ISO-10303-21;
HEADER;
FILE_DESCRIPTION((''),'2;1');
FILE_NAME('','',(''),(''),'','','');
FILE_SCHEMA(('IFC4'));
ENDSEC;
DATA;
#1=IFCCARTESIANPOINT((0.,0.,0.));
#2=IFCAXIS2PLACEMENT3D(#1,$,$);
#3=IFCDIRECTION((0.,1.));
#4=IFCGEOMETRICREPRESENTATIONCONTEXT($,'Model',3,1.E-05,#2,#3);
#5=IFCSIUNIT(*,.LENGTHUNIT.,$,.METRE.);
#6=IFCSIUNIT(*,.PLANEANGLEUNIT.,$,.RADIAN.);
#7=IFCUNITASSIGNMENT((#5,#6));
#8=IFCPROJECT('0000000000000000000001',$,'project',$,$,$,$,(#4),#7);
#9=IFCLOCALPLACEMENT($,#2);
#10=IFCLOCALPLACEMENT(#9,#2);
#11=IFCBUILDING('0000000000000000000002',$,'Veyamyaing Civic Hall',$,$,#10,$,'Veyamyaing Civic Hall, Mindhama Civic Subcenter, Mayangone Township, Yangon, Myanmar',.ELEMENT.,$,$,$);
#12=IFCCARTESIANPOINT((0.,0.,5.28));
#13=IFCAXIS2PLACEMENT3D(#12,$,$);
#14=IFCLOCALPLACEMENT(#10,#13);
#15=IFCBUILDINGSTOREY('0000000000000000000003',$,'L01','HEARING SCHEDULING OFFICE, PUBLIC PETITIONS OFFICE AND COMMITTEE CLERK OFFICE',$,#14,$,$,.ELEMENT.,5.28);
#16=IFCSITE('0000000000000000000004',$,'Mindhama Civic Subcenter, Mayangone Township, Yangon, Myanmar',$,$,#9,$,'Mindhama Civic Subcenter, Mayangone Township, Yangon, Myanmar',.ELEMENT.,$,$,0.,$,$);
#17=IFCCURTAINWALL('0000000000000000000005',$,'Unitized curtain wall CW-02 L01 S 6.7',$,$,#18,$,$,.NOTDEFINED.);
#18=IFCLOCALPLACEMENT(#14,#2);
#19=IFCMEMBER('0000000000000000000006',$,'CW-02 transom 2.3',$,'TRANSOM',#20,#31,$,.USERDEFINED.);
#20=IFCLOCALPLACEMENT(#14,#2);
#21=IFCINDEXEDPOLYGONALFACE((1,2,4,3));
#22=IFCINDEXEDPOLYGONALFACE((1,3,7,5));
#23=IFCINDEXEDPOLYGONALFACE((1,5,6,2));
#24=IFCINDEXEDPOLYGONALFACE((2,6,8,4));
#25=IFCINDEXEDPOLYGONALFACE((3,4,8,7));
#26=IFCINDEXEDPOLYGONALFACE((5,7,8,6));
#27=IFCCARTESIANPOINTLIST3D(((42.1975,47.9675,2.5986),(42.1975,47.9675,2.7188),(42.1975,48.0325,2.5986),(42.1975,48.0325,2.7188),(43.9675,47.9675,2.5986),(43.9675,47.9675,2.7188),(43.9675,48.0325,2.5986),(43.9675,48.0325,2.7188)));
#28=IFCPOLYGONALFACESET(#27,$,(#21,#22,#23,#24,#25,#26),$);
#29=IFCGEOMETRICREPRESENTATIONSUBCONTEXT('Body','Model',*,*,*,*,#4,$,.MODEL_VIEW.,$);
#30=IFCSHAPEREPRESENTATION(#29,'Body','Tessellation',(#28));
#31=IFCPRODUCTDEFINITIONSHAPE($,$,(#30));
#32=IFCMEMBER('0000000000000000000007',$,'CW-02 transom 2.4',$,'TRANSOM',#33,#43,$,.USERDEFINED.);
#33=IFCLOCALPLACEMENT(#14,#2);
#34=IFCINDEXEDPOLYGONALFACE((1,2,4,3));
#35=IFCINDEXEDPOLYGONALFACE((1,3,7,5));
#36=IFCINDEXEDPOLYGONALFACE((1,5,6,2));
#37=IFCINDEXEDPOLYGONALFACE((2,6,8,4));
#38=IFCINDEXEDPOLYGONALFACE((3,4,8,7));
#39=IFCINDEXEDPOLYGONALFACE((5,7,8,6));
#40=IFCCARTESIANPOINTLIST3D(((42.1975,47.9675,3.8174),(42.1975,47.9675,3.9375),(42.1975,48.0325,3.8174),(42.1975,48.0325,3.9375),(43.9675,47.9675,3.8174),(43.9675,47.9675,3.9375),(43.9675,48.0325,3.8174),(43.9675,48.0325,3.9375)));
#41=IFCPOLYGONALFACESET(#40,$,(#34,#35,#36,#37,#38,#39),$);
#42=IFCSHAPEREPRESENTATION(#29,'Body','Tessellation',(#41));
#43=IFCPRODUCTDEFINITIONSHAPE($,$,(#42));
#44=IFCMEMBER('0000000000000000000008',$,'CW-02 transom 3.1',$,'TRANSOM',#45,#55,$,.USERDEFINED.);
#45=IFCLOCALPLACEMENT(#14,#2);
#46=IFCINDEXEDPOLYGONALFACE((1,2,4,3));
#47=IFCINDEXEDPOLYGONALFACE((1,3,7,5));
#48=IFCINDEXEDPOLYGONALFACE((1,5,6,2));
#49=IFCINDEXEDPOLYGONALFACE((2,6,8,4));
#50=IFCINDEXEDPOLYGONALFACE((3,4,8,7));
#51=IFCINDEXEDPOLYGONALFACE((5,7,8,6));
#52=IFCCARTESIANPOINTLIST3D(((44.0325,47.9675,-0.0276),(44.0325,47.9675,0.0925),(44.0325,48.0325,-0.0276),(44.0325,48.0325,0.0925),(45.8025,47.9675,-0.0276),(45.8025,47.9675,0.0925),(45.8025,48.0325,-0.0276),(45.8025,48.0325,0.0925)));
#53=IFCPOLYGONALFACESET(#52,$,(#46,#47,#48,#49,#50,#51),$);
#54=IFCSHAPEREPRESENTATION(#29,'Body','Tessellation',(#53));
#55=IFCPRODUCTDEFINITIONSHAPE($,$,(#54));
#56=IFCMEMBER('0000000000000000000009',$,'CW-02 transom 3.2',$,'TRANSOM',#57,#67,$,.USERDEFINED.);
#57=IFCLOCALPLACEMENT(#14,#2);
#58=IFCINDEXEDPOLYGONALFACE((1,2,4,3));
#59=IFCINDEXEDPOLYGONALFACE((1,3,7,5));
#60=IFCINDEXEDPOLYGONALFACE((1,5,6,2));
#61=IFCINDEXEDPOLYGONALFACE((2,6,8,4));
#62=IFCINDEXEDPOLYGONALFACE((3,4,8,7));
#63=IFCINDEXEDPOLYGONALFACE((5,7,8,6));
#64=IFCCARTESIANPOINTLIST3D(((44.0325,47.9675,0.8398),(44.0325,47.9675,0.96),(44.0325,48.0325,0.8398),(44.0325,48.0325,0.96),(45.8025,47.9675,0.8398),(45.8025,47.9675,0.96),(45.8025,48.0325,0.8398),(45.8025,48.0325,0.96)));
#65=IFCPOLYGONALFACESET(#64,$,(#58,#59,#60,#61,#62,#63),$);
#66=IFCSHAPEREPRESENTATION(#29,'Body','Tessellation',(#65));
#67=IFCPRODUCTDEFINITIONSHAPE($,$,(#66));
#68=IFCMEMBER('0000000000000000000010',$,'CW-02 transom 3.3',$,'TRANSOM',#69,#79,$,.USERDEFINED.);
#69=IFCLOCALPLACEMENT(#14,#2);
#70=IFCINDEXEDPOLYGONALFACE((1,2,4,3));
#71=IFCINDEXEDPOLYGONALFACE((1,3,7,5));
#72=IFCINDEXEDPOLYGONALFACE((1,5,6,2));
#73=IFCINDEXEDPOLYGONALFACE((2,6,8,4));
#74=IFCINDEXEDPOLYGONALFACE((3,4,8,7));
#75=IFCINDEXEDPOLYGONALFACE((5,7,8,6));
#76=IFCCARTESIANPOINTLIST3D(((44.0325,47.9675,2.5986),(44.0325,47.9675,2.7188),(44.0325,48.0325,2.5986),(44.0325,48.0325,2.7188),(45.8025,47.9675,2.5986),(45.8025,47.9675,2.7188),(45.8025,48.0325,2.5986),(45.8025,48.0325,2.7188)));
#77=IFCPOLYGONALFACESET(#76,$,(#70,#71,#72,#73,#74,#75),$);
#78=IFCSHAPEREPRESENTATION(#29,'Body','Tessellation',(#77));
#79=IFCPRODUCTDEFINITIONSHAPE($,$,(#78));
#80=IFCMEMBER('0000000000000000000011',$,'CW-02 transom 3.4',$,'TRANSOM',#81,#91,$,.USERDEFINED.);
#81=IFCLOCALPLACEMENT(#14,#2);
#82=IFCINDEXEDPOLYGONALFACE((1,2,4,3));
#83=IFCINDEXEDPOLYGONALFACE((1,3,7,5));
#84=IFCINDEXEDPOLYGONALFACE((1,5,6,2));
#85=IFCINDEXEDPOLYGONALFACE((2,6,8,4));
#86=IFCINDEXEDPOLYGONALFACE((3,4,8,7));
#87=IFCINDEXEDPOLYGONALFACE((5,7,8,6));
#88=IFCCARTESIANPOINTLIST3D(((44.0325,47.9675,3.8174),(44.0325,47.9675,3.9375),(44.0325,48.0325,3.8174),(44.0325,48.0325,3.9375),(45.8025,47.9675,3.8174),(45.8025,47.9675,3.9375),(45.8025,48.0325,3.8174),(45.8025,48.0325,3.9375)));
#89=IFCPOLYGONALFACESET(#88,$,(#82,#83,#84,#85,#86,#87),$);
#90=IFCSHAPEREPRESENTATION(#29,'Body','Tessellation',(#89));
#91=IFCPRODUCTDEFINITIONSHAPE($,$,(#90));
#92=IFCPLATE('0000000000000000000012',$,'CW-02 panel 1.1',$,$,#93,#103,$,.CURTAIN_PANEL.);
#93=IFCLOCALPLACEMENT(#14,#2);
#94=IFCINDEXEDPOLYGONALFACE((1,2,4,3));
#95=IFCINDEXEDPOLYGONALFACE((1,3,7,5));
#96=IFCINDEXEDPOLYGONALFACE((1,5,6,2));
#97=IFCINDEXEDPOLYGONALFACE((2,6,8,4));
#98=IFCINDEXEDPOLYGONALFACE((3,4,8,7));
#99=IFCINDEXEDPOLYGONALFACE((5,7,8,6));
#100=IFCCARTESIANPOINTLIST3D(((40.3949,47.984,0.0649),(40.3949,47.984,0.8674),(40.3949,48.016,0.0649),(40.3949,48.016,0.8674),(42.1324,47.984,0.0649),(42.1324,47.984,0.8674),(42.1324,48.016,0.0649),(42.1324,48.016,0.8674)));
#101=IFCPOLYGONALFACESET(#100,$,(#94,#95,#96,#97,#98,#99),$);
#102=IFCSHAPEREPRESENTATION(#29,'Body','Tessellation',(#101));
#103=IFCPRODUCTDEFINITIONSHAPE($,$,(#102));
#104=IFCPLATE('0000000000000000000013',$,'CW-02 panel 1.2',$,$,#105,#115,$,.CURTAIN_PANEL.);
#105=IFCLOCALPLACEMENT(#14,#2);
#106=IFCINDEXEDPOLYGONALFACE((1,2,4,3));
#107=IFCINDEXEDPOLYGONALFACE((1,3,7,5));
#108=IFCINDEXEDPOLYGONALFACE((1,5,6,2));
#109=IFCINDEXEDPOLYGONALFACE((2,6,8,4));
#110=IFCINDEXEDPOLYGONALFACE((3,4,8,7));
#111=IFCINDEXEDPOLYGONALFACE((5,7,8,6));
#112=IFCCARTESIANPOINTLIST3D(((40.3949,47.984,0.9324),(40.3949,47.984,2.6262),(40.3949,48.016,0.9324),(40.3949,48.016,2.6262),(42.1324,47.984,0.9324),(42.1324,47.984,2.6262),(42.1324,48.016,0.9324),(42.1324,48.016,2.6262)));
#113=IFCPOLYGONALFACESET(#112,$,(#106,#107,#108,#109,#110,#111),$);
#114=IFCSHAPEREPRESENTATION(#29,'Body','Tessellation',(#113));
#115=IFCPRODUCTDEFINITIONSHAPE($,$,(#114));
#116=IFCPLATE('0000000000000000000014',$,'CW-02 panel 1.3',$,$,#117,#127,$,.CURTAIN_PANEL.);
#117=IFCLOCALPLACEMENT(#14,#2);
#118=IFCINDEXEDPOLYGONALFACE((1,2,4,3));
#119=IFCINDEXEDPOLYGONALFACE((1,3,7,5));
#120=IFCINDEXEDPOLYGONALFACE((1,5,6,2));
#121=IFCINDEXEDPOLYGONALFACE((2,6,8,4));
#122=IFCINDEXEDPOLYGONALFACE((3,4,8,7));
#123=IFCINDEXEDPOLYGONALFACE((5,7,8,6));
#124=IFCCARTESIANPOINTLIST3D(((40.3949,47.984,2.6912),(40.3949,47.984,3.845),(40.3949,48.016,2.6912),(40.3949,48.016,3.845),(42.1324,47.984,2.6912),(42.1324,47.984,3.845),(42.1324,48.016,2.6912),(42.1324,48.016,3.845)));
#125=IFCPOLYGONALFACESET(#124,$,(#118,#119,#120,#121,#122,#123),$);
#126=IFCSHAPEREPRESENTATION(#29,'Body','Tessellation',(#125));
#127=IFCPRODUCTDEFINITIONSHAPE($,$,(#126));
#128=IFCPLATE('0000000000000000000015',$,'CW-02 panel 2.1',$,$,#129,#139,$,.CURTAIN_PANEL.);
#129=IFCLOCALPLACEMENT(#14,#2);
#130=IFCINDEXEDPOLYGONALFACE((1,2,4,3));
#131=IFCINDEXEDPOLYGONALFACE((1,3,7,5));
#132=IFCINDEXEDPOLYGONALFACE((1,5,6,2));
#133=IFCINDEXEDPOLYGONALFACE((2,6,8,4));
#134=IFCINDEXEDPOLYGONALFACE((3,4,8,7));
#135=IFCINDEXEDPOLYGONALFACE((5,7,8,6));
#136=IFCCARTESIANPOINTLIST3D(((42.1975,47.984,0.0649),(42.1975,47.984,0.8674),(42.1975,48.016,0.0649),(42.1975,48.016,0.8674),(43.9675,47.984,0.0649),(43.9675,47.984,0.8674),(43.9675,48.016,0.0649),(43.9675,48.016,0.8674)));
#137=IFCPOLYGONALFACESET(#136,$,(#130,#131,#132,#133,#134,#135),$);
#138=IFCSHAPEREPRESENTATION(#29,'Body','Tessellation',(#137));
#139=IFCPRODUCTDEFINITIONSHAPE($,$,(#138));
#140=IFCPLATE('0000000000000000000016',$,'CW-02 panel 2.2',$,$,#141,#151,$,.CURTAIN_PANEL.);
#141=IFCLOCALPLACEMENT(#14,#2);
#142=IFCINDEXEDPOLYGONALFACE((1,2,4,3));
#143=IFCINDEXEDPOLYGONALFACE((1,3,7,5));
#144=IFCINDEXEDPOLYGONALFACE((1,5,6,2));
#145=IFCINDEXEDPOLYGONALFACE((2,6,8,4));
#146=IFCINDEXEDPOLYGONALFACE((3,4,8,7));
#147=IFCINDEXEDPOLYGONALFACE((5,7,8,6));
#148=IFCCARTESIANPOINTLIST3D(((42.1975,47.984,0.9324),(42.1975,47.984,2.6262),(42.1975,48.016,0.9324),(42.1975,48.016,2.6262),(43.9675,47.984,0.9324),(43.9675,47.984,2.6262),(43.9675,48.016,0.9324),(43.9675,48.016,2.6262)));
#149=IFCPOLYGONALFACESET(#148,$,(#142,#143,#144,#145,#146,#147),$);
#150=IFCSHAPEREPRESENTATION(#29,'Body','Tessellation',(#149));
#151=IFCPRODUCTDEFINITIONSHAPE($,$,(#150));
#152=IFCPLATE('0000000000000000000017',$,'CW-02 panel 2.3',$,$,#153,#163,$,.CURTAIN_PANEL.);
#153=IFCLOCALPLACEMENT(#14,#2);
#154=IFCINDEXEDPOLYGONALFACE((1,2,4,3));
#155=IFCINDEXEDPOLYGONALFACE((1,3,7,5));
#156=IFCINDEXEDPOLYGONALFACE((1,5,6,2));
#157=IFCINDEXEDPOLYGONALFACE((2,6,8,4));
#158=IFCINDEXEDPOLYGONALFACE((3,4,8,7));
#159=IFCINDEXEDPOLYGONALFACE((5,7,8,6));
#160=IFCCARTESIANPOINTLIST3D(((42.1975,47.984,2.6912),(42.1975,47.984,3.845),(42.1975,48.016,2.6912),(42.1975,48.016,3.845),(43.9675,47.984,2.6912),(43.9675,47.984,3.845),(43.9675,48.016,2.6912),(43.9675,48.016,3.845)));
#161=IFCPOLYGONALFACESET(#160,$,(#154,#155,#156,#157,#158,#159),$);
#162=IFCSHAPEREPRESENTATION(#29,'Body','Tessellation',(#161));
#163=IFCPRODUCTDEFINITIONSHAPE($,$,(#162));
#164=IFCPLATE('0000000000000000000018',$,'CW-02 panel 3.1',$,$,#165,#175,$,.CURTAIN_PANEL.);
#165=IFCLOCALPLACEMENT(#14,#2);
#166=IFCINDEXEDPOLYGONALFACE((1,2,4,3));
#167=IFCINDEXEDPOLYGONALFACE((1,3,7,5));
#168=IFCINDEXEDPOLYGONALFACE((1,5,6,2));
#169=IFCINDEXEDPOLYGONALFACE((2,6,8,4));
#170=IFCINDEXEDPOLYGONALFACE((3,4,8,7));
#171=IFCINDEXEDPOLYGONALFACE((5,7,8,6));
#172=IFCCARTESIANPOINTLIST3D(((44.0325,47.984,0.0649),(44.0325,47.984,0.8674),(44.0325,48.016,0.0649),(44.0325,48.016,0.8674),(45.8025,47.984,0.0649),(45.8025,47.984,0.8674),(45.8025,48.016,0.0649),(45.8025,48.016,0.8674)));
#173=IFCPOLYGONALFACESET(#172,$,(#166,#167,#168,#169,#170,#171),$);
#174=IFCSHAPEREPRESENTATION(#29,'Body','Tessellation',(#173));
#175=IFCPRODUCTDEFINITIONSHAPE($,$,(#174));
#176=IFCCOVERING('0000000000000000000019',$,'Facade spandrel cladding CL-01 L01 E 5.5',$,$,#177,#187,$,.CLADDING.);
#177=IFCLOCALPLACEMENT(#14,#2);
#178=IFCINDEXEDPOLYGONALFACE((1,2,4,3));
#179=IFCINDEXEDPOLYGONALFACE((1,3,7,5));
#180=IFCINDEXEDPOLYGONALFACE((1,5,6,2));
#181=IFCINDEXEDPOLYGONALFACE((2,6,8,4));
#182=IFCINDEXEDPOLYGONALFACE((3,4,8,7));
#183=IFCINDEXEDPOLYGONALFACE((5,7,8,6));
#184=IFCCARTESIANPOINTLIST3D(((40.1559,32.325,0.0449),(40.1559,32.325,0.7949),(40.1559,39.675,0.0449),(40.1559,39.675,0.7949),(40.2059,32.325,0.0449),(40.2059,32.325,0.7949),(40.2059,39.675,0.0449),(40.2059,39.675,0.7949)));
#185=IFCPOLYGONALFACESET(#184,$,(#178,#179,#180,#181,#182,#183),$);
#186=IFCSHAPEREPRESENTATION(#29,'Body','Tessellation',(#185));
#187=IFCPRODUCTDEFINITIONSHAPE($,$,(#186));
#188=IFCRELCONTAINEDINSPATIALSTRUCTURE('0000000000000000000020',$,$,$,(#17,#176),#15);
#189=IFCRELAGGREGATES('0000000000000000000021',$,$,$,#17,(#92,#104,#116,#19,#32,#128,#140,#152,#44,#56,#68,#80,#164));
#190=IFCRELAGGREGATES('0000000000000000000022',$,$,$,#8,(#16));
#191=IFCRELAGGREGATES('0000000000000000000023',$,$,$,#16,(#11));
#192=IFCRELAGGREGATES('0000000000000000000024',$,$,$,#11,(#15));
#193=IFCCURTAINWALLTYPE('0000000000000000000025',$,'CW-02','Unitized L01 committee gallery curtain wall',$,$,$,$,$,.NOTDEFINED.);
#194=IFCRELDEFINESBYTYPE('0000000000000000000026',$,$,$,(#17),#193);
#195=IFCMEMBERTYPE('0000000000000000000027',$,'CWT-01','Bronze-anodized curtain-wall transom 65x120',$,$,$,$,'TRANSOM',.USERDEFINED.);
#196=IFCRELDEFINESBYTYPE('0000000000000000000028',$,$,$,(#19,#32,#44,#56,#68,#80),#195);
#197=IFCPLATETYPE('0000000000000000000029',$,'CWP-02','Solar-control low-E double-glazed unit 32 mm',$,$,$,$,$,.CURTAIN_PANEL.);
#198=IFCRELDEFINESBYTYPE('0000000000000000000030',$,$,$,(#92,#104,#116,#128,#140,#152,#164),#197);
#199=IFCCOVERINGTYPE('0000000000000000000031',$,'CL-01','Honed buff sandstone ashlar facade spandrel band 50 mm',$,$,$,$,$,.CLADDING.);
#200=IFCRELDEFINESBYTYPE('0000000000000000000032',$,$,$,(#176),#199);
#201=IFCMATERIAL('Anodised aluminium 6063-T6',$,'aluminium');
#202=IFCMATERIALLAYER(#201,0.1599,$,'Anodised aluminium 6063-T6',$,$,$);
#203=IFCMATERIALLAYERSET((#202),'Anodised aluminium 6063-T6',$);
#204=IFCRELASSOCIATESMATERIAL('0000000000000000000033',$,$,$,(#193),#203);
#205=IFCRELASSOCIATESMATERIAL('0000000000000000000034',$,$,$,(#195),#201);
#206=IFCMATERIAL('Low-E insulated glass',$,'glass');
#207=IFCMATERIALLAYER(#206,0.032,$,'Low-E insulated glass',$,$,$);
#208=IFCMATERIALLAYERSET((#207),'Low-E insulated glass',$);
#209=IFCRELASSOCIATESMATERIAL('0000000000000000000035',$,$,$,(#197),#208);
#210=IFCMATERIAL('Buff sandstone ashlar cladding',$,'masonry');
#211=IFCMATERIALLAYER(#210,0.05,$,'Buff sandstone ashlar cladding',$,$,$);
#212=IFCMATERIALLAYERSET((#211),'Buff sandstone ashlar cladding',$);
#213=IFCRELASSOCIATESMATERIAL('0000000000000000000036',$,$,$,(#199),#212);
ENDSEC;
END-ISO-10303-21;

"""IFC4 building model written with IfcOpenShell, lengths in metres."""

from ifc_helpers import new_model, si_unit, direction, frame, origin, origin_2d, place, context, subcontext, project, spatial, rectangle, extrude, material, layer, layer_set, material_profile, profile_set, type_object, element, aggregate, save


model = new_model("IFC4")

# Units and contexts
model_context = context("Model", 3, precision=1e-05, world=origin(), true_north=direction((0.0, 1.0)))
body_context = subcontext(model_context, "Body", "Model", "MODEL_VIEW")
ifc_project = project(units=[si_unit("LENGTHUNIT", "METRE"), si_unit("PLANEANGLEUNIT", "RADIAN")], contexts=[model_context])

# Site, building, storey
site_placement = place(None, origin())
site = spatial("IfcSite", under=ifc_project, at=site_placement, Name="Mindhama Civic Subcenter, Mayangone Township, Yangon, Myanmar", LongName="Mindhama Civic Subcenter, Mayangone Township, Yangon, Myanmar", CompositionType="ELEMENT", RefElevation=0.0)
building_placement = place(site_placement, origin())
building = spatial("IfcBuilding", under=site, at=building_placement, Name="Veyamyaing Civic Hall", LongName="Veyamyaing Civic Hall, Mindhama Civic Subcenter, Mayangone Township, Yangon, Myanmar", CompositionType="ELEMENT")
storey_placement = place(building_placement, frame((0.0, 0.0, 5.28)))
storey = spatial("IfcBuildingStorey", under=building, at=storey_placement, Name="L01", Description="HEARING SCHEDULING OFFICE, PUBLIC PETITIONS OFFICE AND COMMITTEE CLERK OFFICE", CompositionType="ELEMENT", Elevation=5.28)

# Curtain wall, members, plates
ifc_material_1 = material(Name="Anodised aluminium 6063-T6", Category="aluminium")
ifc_layer_1 = layer(ifc_material_1, 0.1599, Name="Anodised aluminium 6063-T6")
ifc_layer_set_1 = layer_set([ifc_layer_1], Name="Anodised aluminium 6063-T6")
curtain_wall_type = type_object("IfcCurtainWallType", Name="CW-02", Description="Unitized L01 committee gallery curtain wall", PredefinedType="NOTDEFINED", material=ifc_layer_set_1)
curtain_wall_placement = place(storey_placement, origin())
curtain_wall = element("IfcCurtainWall", 1, at=curtain_wall_placement, inside=storey, type_object=curtain_wall_type, Name="Unitized curtain wall CW-02 L01 S 6.7", PredefinedType="NOTDEFINED")
ifc_material_profile_1 = material_profile(ifc_material_1, rectangle(XDim=0.0649, YDim=0.1201, at=origin_2d()), Name="ALU-TRN-65X120")
ifc_profile_set_1 = profile_set([ifc_material_profile_1], Name="Anodised aluminium 6063-T6")
member_type_1 = type_object("IfcMemberType", Name="CWT-01", Description="Bronze-anodized curtain-wall transom 65x120", ElementType="TRANSOM", PredefinedType="USERDEFINED", material=ifc_profile_set_1)
member_1_placement = place(storey_placement, frame((42.1975, 48.0, 2.6587), z_axis=(1.0, 0.0, 0.0), x_axis=(0.0, 1.0, 0.0)))
member_1 = element("IfcMember", 2, at=member_1_placement, type_object=member_type_1, Name="CW-02 transom 2.3", ObjectType="TRANSOM", PredefinedType="USERDEFINED", context=body_context, shape_type="SweptSolid", body=[
    extrude(rectangle(XDim=0.0649, YDim=0.1201, at=origin_2d()), origin(), (0.0, 0.0, 1.0), 1.77),
])
member_2_placement = place(storey_placement, frame((42.1975, 48.0, 3.8774), z_axis=(1.0, 0.0, 0.0), x_axis=(0.0, 1.0, 0.0)))
member_2 = element("IfcMember", 3, at=member_2_placement, type_object=member_type_1, Name="CW-02 transom 2.4", ObjectType="TRANSOM", PredefinedType="USERDEFINED", context=body_context, shape_type="SweptSolid", body=[
    extrude(rectangle(XDim=0.0649, YDim=0.1201, at=origin_2d()), origin(), (0.0, 0.0, 1.0), 1.77),
])
member_3_placement = place(storey_placement, frame((44.0325, 48.0, 0.0325), z_axis=(1.0, 0.0, 0.0), x_axis=(0.0, 1.0, 0.0)))
member_3 = element("IfcMember", 4, at=member_3_placement, type_object=member_type_1, Name="CW-02 transom 3.1", ObjectType="TRANSOM", PredefinedType="USERDEFINED", context=body_context, shape_type="SweptSolid", body=[
    extrude(rectangle(XDim=0.0649, YDim=0.1201, at=origin_2d()), origin(), (0.0, 0.0, 1.0), 1.77),
])
member_4_placement = place(storey_placement, frame((44.0325, 48.0, 0.8999), z_axis=(1.0, 0.0, 0.0), x_axis=(0.0, 1.0, 0.0)))
member_4 = element("IfcMember", 5, at=member_4_placement, type_object=member_type_1, Name="CW-02 transom 3.2", ObjectType="TRANSOM", PredefinedType="USERDEFINED", context=body_context, shape_type="SweptSolid", body=[
    extrude(rectangle(XDim=0.0649, YDim=0.1201, at=origin_2d()), origin(), (0.0, 0.0, 1.0), 1.77),
])
member_5_placement = place(storey_placement, frame((44.0325, 48.0, 2.6587), z_axis=(1.0, 0.0, 0.0), x_axis=(0.0, 1.0, 0.0)))
member_5 = element("IfcMember", 6, at=member_5_placement, type_object=member_type_1, Name="CW-02 transom 3.3", ObjectType="TRANSOM", PredefinedType="USERDEFINED", context=body_context, shape_type="SweptSolid", body=[
    extrude(rectangle(XDim=0.0649, YDim=0.1201, at=origin_2d()), origin(), (0.0, 0.0, 1.0), 1.77),
])
member_6_placement = place(storey_placement, frame((44.0325, 48.0, 3.8774), z_axis=(1.0, 0.0, 0.0), x_axis=(0.0, 1.0, 0.0)))
member_6 = element("IfcMember", 7, at=member_6_placement, type_object=member_type_1, Name="CW-02 transom 3.4", ObjectType="TRANSOM", PredefinedType="USERDEFINED", context=body_context, shape_type="SweptSolid", body=[
    extrude(rectangle(XDim=0.0649, YDim=0.1201, at=origin_2d()), origin(), (0.0, 0.0, 1.0), 1.77),
])
ifc_material_2 = material(Name="Low-E insulated glass", Category="glass")
ifc_layer_2 = layer(ifc_material_2, 0.032, Name="Low-E insulated glass")
ifc_layer_set_2 = layer_set([ifc_layer_2], Name="Low-E insulated glass")
plate_type = type_object("IfcPlateType", Name="CWP-02", Description="Solar-control low-E double-glazed unit 32 mm", PredefinedType="CURTAIN_PANEL", material=ifc_layer_set_2)
plate_1_placement = place(storey_placement, frame((41.2637, 48.0, 0.0649), z_axis=(0.0, 0.0, 1.0), x_axis=(1.0, 0.0, 0.0)))
plate_1 = element("IfcPlate", 8, at=plate_1_placement, type_object=plate_type, Name="CW-02 panel 1.1", PredefinedType="CURTAIN_PANEL", context=body_context, shape_type="SweptSolid", body=[
    extrude(rectangle(XDim=1.7375, YDim=0.032, at=origin_2d()), origin(), (0.0, 0.0, 1.0), 0.8025),
])
plate_2_placement = place(storey_placement, frame((41.2637, 48.0, 0.9324), z_axis=(0.0, 0.0, 1.0), x_axis=(1.0, 0.0, 0.0)))
plate_2 = element("IfcPlate", 9, at=plate_2_placement, type_object=plate_type, Name="CW-02 panel 1.2", PredefinedType="CURTAIN_PANEL", context=body_context, shape_type="SweptSolid", body=[
    extrude(rectangle(XDim=1.7375, YDim=0.032, at=origin_2d()), origin(), (0.0, 0.0, 1.0), 1.6938),
])
plate_3_placement = place(storey_placement, frame((41.2637, 48.0, 2.6912), z_axis=(0.0, 0.0, 1.0), x_axis=(1.0, 0.0, 0.0)))
plate_3 = element("IfcPlate", 10, at=plate_3_placement, type_object=plate_type, Name="CW-02 panel 1.3", PredefinedType="CURTAIN_PANEL", context=body_context, shape_type="SweptSolid", body=[
    extrude(rectangle(XDim=1.7375, YDim=0.032, at=origin_2d()), origin(), (0.0, 0.0, 1.0), 1.1538),
])
plate_4_placement = place(storey_placement, frame((43.0825, 48.0, 0.0649), z_axis=(0.0, 0.0, 1.0), x_axis=(1.0, 0.0, 0.0)))
plate_4 = element("IfcPlate", 11, at=plate_4_placement, type_object=plate_type, Name="CW-02 panel 2.1", PredefinedType="CURTAIN_PANEL", context=body_context, shape_type="SweptSolid", body=[
    extrude(rectangle(XDim=1.77, YDim=0.032, at=origin_2d()), origin(), (0.0, 0.0, 1.0), 0.8025),
])
plate_5_placement = place(storey_placement, frame((43.0825, 48.0, 0.9324), z_axis=(0.0, 0.0, 1.0), x_axis=(1.0, 0.0, 0.0)))
plate_5 = element("IfcPlate", 12, at=plate_5_placement, type_object=plate_type, Name="CW-02 panel 2.2", PredefinedType="CURTAIN_PANEL", context=body_context, shape_type="SweptSolid", body=[
    extrude(rectangle(XDim=1.77, YDim=0.032, at=origin_2d()), origin(), (0.0, 0.0, 1.0), 1.6938),
])
plate_6_placement = place(storey_placement, frame((43.0825, 48.0, 2.6912), z_axis=(0.0, 0.0, 1.0), x_axis=(1.0, 0.0, 0.0)))
plate_6 = element("IfcPlate", 13, at=plate_6_placement, type_object=plate_type, Name="CW-02 panel 2.3", PredefinedType="CURTAIN_PANEL", context=body_context, shape_type="SweptSolid", body=[
    extrude(rectangle(XDim=1.77, YDim=0.032, at=origin_2d()), origin(), (0.0, 0.0, 1.0), 1.1538),
])
plate_7_placement = place(storey_placement, frame((44.9175, 48.0, 0.0649), z_axis=(0.0, 0.0, 1.0), x_axis=(1.0, 0.0, 0.0)))
plate_7 = element("IfcPlate", 14, at=plate_7_placement, type_object=plate_type, Name="CW-02 panel 3.1", PredefinedType="CURTAIN_PANEL", context=body_context, shape_type="SweptSolid", body=[
    extrude(rectangle(XDim=1.77, YDim=0.032, at=origin_2d()), origin(), (0.0, 0.0, 1.0), 0.8025),
])
aggregate(curtain_wall, [plate_1, plate_2, plate_3, member_1, member_2, plate_4, plate_5, plate_6, member_3, member_4, member_5, member_6, plate_7])

# Covering
ifc_material_3 = material(Name="Buff sandstone ashlar cladding", Category="masonry")
ifc_layer_3 = layer(ifc_material_3, 0.05, Name="Buff sandstone ashlar cladding")
ifc_layer_set_3 = layer_set([ifc_layer_3], Name="Buff sandstone ashlar cladding")
covering_type_1 = type_object("IfcCoveringType", Name="CL-01", Description="Honed buff sandstone ashlar facade spandrel band 50 mm", PredefinedType="CLADDING", material=ifc_layer_set_3)
covering_placement = place(storey_placement, frame((40.1809, 36.0, 0.0449), z_axis=(0.0, 0.0, 1.0), x_axis=(0.0, 1.0, 0.0)))
element("IfcCovering", 15, at=covering_placement, inside=storey, type_object=covering_type_1, Name="Facade spandrel cladding CL-01 L01 E 5.5", PredefinedType="CLADDING", context=body_context, shape_type="SweptSolid", body=[
    extrude(rectangle(XDim=7.3501, YDim=0.05, at=origin_2d()), origin(), (0.0, 0.0, 1.0), 0.75),
])

save(model, "model.ifc")
